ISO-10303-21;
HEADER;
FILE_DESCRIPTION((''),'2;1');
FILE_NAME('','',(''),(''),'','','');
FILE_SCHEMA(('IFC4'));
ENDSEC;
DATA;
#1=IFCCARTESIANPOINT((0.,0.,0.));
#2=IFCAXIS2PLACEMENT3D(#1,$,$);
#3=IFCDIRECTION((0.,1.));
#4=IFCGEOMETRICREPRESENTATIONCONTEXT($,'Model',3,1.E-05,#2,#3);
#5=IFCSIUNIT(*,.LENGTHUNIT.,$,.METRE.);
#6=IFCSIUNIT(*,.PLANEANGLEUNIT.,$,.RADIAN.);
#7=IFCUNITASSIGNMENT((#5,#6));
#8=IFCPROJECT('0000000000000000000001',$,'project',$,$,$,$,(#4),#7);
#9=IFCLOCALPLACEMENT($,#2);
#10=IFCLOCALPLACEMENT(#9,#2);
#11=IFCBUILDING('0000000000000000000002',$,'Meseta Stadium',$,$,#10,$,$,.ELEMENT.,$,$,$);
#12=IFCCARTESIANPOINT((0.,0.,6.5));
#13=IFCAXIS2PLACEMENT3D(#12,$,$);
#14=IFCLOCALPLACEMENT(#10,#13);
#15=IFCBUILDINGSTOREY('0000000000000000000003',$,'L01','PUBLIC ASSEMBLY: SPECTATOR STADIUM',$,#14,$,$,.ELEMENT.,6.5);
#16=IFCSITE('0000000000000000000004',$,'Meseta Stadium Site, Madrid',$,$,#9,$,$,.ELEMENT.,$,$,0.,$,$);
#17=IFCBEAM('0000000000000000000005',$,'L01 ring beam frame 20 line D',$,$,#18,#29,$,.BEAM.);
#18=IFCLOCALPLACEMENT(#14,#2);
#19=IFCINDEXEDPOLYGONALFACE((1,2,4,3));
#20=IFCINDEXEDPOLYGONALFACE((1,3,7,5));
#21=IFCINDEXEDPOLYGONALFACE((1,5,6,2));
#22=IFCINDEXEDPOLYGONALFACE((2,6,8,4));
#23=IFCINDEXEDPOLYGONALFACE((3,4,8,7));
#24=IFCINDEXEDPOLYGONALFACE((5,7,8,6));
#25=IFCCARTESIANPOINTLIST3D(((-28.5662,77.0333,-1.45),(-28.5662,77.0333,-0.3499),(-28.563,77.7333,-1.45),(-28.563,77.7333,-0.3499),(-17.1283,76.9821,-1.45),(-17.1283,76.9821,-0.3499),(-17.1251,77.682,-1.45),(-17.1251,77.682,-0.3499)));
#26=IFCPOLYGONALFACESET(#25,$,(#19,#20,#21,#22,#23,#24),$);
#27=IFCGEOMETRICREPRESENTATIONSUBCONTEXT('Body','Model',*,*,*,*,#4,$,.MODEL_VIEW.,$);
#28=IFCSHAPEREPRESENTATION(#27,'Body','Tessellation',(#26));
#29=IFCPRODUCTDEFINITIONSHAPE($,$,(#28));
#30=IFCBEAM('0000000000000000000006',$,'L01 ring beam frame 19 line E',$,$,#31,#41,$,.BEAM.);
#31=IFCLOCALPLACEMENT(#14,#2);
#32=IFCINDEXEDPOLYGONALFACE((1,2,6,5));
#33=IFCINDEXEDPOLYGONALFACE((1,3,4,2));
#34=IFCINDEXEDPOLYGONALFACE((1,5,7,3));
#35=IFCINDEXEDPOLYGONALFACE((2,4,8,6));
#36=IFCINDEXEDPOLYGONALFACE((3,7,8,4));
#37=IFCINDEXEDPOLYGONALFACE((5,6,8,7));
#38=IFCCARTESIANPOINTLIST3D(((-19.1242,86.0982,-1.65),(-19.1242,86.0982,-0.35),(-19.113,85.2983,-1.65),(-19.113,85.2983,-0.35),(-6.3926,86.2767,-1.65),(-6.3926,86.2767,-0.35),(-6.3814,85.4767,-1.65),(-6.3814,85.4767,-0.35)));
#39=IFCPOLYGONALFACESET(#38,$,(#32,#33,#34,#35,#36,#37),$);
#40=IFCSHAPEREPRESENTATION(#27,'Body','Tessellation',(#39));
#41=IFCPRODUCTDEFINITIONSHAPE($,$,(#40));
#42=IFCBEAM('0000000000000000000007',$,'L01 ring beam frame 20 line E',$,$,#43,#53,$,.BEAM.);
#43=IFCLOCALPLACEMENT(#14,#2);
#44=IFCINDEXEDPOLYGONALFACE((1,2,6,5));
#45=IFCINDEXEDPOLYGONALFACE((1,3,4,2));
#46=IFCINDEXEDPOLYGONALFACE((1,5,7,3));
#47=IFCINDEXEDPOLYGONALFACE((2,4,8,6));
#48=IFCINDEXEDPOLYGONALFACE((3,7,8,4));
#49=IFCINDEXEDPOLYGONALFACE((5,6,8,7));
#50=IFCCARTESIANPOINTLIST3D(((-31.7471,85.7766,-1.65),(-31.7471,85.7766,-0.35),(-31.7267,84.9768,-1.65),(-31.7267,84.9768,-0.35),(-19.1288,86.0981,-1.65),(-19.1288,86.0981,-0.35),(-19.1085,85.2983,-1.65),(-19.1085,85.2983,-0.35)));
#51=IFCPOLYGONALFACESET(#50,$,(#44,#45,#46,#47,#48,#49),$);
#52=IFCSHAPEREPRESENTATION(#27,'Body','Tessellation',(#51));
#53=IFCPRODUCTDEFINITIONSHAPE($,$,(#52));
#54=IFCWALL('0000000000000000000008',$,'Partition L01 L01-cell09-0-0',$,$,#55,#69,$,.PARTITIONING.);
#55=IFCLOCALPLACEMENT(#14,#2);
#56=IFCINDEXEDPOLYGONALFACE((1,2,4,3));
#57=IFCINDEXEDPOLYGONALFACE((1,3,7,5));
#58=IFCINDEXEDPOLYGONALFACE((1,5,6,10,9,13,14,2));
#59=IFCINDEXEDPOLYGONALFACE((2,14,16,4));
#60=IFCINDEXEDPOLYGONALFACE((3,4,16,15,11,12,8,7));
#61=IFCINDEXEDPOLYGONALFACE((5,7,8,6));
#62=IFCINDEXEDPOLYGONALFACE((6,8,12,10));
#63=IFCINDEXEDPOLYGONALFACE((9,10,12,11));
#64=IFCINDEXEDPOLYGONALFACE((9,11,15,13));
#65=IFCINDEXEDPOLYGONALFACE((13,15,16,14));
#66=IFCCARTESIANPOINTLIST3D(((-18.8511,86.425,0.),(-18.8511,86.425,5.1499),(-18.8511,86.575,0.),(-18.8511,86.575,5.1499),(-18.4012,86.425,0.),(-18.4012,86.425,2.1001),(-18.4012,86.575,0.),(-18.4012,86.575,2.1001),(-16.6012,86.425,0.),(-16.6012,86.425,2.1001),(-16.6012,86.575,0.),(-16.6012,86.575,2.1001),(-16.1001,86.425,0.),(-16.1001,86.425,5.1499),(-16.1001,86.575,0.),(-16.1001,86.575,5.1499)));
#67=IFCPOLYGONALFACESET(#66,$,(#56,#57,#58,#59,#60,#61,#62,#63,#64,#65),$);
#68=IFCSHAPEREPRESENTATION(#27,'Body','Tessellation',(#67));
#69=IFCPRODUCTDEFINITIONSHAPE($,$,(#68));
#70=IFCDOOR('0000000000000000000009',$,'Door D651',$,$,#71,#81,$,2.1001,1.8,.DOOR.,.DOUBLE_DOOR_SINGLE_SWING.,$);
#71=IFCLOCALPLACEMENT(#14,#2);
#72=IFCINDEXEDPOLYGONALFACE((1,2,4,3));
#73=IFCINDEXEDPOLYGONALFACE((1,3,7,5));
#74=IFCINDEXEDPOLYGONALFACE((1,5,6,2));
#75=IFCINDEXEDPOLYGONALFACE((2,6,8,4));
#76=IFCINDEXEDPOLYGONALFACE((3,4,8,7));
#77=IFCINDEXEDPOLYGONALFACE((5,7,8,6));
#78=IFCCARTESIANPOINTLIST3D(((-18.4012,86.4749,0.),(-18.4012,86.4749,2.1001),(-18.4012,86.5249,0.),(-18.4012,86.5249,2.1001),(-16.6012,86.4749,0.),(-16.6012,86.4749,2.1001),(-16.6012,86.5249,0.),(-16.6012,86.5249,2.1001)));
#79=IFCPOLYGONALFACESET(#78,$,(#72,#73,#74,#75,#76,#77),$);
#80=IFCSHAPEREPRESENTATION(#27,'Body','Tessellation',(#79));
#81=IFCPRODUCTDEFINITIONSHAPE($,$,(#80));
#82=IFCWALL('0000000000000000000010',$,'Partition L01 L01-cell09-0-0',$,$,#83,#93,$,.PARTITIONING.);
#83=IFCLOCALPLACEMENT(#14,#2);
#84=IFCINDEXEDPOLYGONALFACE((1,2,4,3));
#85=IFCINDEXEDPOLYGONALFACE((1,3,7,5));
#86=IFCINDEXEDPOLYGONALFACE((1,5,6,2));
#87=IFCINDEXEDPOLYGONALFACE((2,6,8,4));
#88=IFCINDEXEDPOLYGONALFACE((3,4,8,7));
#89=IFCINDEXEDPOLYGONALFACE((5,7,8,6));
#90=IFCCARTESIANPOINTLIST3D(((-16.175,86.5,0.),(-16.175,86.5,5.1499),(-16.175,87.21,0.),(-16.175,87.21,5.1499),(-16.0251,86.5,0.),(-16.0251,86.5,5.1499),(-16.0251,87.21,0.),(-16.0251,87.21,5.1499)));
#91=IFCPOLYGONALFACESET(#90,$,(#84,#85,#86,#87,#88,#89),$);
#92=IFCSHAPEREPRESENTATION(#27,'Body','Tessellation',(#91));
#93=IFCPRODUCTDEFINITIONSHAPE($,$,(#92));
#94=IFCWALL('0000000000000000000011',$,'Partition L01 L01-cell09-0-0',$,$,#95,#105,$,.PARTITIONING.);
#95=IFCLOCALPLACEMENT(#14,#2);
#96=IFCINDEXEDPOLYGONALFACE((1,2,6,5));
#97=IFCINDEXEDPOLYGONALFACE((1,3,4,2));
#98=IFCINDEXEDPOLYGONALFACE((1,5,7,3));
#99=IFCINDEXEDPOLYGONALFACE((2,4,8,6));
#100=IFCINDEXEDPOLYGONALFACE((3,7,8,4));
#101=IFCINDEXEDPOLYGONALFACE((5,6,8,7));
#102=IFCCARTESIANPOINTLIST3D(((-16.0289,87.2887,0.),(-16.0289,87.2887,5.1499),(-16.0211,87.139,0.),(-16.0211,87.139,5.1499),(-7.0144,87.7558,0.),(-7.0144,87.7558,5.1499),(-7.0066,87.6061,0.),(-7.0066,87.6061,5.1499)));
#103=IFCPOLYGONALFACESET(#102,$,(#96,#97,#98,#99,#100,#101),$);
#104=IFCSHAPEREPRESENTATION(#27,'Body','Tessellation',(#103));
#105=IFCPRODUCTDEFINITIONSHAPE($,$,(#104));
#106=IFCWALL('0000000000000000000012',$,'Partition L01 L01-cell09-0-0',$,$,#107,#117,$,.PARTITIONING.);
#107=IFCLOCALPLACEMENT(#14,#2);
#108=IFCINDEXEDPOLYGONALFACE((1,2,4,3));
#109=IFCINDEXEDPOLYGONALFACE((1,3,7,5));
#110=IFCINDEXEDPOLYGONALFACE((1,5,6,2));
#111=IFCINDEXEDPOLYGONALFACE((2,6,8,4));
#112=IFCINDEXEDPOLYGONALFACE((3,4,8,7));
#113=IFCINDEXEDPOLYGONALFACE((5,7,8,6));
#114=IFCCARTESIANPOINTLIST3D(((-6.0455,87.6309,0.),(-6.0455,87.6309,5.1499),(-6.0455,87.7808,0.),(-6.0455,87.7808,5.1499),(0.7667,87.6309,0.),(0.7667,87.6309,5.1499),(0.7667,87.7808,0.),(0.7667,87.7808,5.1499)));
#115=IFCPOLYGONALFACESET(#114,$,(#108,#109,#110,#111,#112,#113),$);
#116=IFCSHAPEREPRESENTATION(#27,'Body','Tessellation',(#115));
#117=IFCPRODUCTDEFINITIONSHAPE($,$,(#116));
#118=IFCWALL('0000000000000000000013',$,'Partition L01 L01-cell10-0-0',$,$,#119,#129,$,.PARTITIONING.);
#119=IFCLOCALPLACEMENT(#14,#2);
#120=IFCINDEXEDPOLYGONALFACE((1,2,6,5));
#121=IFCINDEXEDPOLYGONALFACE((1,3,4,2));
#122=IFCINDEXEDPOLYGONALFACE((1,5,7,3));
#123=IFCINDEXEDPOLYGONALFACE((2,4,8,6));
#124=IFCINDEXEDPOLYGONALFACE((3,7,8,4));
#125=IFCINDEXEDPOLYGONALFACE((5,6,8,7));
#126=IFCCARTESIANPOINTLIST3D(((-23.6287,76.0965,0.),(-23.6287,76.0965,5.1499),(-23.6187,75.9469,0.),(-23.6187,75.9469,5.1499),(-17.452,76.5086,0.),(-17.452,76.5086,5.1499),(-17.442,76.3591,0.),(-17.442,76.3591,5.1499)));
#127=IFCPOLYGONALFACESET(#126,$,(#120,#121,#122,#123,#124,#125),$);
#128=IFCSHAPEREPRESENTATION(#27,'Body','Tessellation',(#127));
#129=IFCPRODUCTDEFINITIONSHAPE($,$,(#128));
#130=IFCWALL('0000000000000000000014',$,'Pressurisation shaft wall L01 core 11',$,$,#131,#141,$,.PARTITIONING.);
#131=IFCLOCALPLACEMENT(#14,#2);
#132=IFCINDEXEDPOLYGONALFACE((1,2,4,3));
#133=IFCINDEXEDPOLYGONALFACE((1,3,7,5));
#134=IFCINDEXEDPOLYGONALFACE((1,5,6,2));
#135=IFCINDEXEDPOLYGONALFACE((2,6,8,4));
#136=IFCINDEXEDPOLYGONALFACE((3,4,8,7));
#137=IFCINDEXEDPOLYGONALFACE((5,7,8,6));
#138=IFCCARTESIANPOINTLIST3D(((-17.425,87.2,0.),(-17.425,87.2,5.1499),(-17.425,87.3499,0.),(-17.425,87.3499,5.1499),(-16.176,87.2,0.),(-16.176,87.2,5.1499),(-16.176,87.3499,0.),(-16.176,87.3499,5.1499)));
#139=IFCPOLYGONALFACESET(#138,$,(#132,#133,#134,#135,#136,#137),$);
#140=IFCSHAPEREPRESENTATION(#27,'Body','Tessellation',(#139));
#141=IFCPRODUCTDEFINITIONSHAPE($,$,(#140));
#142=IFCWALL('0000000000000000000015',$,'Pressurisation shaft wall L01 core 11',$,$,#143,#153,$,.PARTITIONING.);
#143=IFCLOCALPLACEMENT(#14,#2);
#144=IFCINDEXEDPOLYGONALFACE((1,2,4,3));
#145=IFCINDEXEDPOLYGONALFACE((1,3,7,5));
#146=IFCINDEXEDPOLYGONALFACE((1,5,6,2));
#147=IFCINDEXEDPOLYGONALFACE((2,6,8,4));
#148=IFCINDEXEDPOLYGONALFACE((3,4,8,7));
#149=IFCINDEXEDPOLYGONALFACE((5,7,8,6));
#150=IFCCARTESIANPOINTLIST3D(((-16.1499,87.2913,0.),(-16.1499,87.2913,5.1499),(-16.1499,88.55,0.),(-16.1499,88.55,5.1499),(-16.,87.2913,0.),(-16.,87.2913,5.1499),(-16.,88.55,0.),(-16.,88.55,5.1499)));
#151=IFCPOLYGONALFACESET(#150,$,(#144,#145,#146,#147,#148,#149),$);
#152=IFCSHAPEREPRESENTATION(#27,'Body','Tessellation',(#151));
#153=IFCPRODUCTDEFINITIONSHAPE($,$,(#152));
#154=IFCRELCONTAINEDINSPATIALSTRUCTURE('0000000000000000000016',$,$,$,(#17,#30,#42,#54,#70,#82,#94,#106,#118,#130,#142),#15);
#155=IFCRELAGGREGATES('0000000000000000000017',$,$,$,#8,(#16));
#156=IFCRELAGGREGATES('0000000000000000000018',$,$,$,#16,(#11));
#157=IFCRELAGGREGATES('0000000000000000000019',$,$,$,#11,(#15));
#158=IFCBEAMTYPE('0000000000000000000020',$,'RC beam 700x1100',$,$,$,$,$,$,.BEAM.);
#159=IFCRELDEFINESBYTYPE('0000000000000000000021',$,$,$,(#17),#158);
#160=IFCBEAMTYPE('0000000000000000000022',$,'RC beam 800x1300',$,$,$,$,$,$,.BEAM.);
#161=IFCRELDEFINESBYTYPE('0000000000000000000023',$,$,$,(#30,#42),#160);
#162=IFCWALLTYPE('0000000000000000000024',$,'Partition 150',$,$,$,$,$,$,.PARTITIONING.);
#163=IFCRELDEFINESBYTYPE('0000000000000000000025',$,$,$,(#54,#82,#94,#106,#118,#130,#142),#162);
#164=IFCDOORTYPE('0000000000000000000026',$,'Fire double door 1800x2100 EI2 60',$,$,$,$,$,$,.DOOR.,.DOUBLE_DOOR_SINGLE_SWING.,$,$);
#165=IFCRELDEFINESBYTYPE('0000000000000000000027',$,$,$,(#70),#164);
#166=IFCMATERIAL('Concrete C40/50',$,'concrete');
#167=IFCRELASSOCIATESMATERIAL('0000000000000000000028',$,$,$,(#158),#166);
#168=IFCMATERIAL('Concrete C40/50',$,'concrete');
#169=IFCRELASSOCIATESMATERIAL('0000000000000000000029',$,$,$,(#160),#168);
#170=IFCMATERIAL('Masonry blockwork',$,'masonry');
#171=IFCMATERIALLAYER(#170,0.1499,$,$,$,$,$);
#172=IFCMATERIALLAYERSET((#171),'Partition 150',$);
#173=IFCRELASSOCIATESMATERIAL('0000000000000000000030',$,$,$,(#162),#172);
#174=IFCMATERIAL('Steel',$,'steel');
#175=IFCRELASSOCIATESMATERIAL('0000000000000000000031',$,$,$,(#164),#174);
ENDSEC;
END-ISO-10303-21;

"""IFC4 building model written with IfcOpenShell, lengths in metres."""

from ifc_helpers import new_model, si_unit, direction, frame, frame_2d, origin, origin_2d, place, context, subcontext, project, spatial, rectangle, extrude, material, layer, layer_set, material_profile, profile_set, type_object, element, fill, save


model = new_model("IFC4")

# Units and contexts
model_context = context("Model", 3, precision=1e-05, world=origin(), true_north=direction((0.0, 1.0)))
body_context = subcontext(model_context, "Body", "Model", "MODEL_VIEW")
ifc_project = project(units=[si_unit("LENGTHUNIT", "METRE"), si_unit("PLANEANGLEUNIT", "RADIAN")], contexts=[model_context])

# Site, building, storey
site_placement = place(None, origin())
site = spatial("IfcSite", under=ifc_project, at=site_placement, Name="Meseta Stadium Site, Madrid", CompositionType="ELEMENT", RefElevation=0.0)
building_placement = place(site_placement, origin())
building = spatial("IfcBuilding", under=site, at=building_placement, Name="Meseta Stadium", CompositionType="ELEMENT")
storey_placement = place(building_placement, frame((0.0, 0.0, 6.5)))
storey = spatial("IfcBuildingStorey", under=building, at=storey_placement, Name="L01", Description="PUBLIC ASSEMBLY: SPECTATOR STADIUM", CompositionType="ELEMENT", Elevation=6.5)

# Beams
ifc_material_1 = material(Name="Concrete C40/50", Category="concrete")
ifc_material_profile_1 = material_profile(ifc_material_1, rectangle(XDim=0.7, YDim=1.1001, at=origin_2d()), Name="RC 700x1100")
ifc_profile_set_1 = profile_set([ifc_material_profile_1], Name="Concrete C40/50")
beam_type_1 = type_object("IfcBeamType", Name="RC beam 700x1100", PredefinedType="BEAM", material=ifc_profile_set_1)
beam_1_placement = place(storey_placement, frame((-17.1267, 77.332, -0.8999), z_axis=(-0.99999, 0.004482, 0.0), x_axis=(-0.004482, -0.99999, 0.0)))
element("IfcBeam", 1, at=beam_1_placement, inside=storey, type_object=beam_type_1, Name="L01 ring beam frame 20 line D", PredefinedType="BEAM", context=body_context, shape_type="SweptSolid", body=[
    extrude(rectangle(XDim=0.7, YDim=1.1001, at=origin_2d()), origin(), (0.0, 0.0, 1.0), 11.438),
])
ifc_material_2 = material(Name="Concrete C40/50", Category="concrete")
ifc_material_profile_2 = material_profile(ifc_material_2, rectangle(XDim=0.8, YDim=1.3, at=origin_2d()), Name="RC 800x1300")
ifc_profile_set_2 = profile_set([ifc_material_profile_2], Name="Concrete C40/50")
beam_type_2 = type_object("IfcBeamType", Name="RC beam 800x1300", PredefinedType="BEAM", material=ifc_profile_set_2)
beam_2_placement = place(storey_placement, frame((-6.387, 85.8767, -1.0), z_axis=(-0.999902, -0.014016, 0.0), x_axis=(0.014016, -0.999902, 0.0)))
element("IfcBeam", 2, at=beam_2_placement, inside=storey, type_object=beam_type_2, Name="L01 ring beam frame 19 line E", PredefinedType="BEAM", context=body_context, shape_type="SweptSolid", body=[
    extrude(rectangle(XDim=0.8, YDim=1.3, at=origin_2d()), origin(), (0.0, 0.0, 1.0), 12.7329),
])
beam_3_placement = place(storey_placement, frame((-19.1187, 85.6982, -1.0), z_axis=(-0.999675, -0.025474, 0.0), x_axis=(0.025474, -0.999675, 0.0)))
element("IfcBeam", 3, at=beam_3_placement, inside=storey, type_object=beam_type_2, Name="L01 ring beam frame 20 line E", PredefinedType="BEAM", context=body_context, shape_type="SweptSolid", body=[
    extrude(rectangle(XDim=0.8, YDim=1.3, at=origin_2d()), origin(), (0.0, 0.0, 1.0), 12.6223),
])

# Wall, opening, door
ifc_material_3 = material(Name="Masonry blockwork", Category="masonry")
ifc_layer = layer(ifc_material_3, 0.1499)
ifc_layer_set = layer_set([ifc_layer], Name="Partition 150")
wall_type = type_object("IfcWallType", Name="Partition 150", PredefinedType="PARTITIONING", material=ifc_layer_set)
wall_1_placement = place(storey_placement, frame((-18.8511, 86.5, 0.0), z_axis=(0.0, 0.0, 1.0), x_axis=(1.0, 0.0, 0.0)))
wall_1 = element("IfcWall", 4, at=wall_1_placement, inside=storey, type_object=wall_type, Name="Partition L01 L01-cell09-0-0", PredefinedType="PARTITIONING", context=body_context, shape_type="SweptSolid", body=[
    extrude(rectangle(XDim=2.751, YDim=0.1499, at=frame_2d((1.3755, 0.0))), origin(), (0.0, 0.0, 1.0), 5.1499),
])
opening_placement = place(wall_1_placement, frame((0.45, 0.0, 0.0)))
opening = element("IfcOpeningElement", 5, at=opening_placement, cuts=wall_1, PredefinedType="OPENING", context=body_context, shape_type="SweptSolid", body=[
    extrude(rectangle(XDim=1.8, YDim=2.1001, at=frame_2d((0.8999, 1.05))), frame((0.0, 0.085, 0.0), z_axis=(0.0, -1.0, 0.0), x_axis=(1.0, 0.0, 0.0)), (0.0, 0.0, 1.0), 0.1699),
])
ifc_material_4 = material(Name="Steel", Category="steel")
door_type = type_object("IfcDoorType", Name="Fire double door 1800x2100 EI2 60", OperationType="DOUBLE_DOOR_SINGLE_SWING", PredefinedType="DOOR", material=ifc_material_4)
door_placement = place(opening_placement, origin())
door = element("IfcDoor", 6, at=door_placement, inside=storey, type_object=door_type, Name="Door D651", OperationType="DOUBLE_DOOR_SINGLE_SWING", OverallHeight=2.1001, OverallWidth=1.8, PredefinedType="DOOR", context=body_context, shape_type="SweptSolid", body=[
    extrude(rectangle(XDim=1.8, YDim=2.1001, at=frame_2d((0.8999, 1.05))), frame((0.0, 0.0249, 0.0), z_axis=(0.0, -1.0, 0.0), x_axis=(1.0, 0.0, 0.0)), (0.0, 0.0, 1.0), 0.05),
])
fill(opening, door)

# Walls
wall_2_placement = place(storey_placement, frame((-16.1001, 86.5, 0.0), z_axis=(0.0, 0.0, 1.0), x_axis=(0.0, 1.0, 0.0)))
element("IfcWall", 7, at=wall_2_placement, inside=storey, type_object=wall_type, Name="Partition L01 L01-cell09-0-0", PredefinedType="PARTITIONING", context=body_context, shape_type="SweptSolid", body=[
    extrude(rectangle(XDim=0.71, YDim=0.1499, at=frame_2d((0.355, 0.0))), origin(), (0.0, 0.0, 1.0), 5.1499),
])
wall_3_placement = place(storey_placement, frame((-16.0249, 87.2139, 0.0), z_axis=(0.0, 0.0, 1.0), x_axis=(0.998661, 0.051741, 0.0)))
element("IfcWall", 8, at=wall_3_placement, inside=storey, type_object=wall_type, Name="Partition L01 L01-cell09-0-0", PredefinedType="PARTITIONING", context=body_context, shape_type="SweptSolid", body=[
    extrude(rectangle(XDim=9.0266, YDim=0.1499, at=frame_2d((4.5132, 0.0))), origin(), (0.0, 0.0, 1.0), 5.1499),
])
wall_4_placement = place(storey_placement, frame((-6.0457, 87.7058, 0.0), z_axis=(0.0, 0.0, 1.0), x_axis=(1.0, 0.0, 0.0)))
element("IfcWall", 9, at=wall_4_placement, inside=storey, type_object=wall_type, Name="Partition L01 L01-cell09-0-0", PredefinedType="PARTITIONING", context=body_context, shape_type="SweptSolid", body=[
    extrude(rectangle(XDim=6.8123, YDim=0.1499, at=frame_2d((3.4062, 0.0))), origin(), (0.0, 0.0, 1.0), 5.1499),
])
wall_5_placement = place(storey_placement, frame((-17.447, 76.4338, 0.0), z_axis=(0.0, 0.0, 1.0), x_axis=(-0.997782, -0.066571, 0.0)))
element("IfcWall", 10, at=wall_5_placement, inside=storey, type_object=wall_type, Name="Partition L01 L01-cell10-0-0", PredefinedType="PARTITIONING", context=body_context, shape_type="SweptSolid", body=[
    extrude(rectangle(XDim=6.1904, YDim=0.1499, at=frame_2d((3.0952, 0.0))), origin(), (0.0, 0.0, 1.0), 5.1499),
])
wall_6_placement = place(storey_placement, frame((-17.425, 87.2749, 0.0), z_axis=(0.0, 0.0, 1.0), x_axis=(1.0, 0.0, 0.0)))
element("IfcWall", 11, at=wall_6_placement, inside=storey, type_object=wall_type, Name="Pressurisation shaft wall L01 core 11", PredefinedType="PARTITIONING", context=body_context, shape_type="SweptSolid", body=[
    extrude(rectangle(XDim=1.249, YDim=0.1499, at=frame_2d((0.6245, 0.0))), origin(), (0.0, 0.0, 1.0), 5.1499),
])
wall_7_placement = place(storey_placement, frame((-16.075, 87.2913, 0.0), z_axis=(0.0, 0.0, 1.0), x_axis=(0.0, 1.0, 0.0)))
element("IfcWall", 12, at=wall_7_placement, inside=storey, type_object=wall_type, Name="Pressurisation shaft wall L01 core 11", PredefinedType="PARTITIONING", context=body_context, shape_type="SweptSolid", body=[
    extrude(rectangle(XDim=1.2588, YDim=0.1499, at=frame_2d((0.6294, 0.0))), origin(), (0.0, 0.0, 1.0), 5.1499),
])

save(model, "model.ifc")
